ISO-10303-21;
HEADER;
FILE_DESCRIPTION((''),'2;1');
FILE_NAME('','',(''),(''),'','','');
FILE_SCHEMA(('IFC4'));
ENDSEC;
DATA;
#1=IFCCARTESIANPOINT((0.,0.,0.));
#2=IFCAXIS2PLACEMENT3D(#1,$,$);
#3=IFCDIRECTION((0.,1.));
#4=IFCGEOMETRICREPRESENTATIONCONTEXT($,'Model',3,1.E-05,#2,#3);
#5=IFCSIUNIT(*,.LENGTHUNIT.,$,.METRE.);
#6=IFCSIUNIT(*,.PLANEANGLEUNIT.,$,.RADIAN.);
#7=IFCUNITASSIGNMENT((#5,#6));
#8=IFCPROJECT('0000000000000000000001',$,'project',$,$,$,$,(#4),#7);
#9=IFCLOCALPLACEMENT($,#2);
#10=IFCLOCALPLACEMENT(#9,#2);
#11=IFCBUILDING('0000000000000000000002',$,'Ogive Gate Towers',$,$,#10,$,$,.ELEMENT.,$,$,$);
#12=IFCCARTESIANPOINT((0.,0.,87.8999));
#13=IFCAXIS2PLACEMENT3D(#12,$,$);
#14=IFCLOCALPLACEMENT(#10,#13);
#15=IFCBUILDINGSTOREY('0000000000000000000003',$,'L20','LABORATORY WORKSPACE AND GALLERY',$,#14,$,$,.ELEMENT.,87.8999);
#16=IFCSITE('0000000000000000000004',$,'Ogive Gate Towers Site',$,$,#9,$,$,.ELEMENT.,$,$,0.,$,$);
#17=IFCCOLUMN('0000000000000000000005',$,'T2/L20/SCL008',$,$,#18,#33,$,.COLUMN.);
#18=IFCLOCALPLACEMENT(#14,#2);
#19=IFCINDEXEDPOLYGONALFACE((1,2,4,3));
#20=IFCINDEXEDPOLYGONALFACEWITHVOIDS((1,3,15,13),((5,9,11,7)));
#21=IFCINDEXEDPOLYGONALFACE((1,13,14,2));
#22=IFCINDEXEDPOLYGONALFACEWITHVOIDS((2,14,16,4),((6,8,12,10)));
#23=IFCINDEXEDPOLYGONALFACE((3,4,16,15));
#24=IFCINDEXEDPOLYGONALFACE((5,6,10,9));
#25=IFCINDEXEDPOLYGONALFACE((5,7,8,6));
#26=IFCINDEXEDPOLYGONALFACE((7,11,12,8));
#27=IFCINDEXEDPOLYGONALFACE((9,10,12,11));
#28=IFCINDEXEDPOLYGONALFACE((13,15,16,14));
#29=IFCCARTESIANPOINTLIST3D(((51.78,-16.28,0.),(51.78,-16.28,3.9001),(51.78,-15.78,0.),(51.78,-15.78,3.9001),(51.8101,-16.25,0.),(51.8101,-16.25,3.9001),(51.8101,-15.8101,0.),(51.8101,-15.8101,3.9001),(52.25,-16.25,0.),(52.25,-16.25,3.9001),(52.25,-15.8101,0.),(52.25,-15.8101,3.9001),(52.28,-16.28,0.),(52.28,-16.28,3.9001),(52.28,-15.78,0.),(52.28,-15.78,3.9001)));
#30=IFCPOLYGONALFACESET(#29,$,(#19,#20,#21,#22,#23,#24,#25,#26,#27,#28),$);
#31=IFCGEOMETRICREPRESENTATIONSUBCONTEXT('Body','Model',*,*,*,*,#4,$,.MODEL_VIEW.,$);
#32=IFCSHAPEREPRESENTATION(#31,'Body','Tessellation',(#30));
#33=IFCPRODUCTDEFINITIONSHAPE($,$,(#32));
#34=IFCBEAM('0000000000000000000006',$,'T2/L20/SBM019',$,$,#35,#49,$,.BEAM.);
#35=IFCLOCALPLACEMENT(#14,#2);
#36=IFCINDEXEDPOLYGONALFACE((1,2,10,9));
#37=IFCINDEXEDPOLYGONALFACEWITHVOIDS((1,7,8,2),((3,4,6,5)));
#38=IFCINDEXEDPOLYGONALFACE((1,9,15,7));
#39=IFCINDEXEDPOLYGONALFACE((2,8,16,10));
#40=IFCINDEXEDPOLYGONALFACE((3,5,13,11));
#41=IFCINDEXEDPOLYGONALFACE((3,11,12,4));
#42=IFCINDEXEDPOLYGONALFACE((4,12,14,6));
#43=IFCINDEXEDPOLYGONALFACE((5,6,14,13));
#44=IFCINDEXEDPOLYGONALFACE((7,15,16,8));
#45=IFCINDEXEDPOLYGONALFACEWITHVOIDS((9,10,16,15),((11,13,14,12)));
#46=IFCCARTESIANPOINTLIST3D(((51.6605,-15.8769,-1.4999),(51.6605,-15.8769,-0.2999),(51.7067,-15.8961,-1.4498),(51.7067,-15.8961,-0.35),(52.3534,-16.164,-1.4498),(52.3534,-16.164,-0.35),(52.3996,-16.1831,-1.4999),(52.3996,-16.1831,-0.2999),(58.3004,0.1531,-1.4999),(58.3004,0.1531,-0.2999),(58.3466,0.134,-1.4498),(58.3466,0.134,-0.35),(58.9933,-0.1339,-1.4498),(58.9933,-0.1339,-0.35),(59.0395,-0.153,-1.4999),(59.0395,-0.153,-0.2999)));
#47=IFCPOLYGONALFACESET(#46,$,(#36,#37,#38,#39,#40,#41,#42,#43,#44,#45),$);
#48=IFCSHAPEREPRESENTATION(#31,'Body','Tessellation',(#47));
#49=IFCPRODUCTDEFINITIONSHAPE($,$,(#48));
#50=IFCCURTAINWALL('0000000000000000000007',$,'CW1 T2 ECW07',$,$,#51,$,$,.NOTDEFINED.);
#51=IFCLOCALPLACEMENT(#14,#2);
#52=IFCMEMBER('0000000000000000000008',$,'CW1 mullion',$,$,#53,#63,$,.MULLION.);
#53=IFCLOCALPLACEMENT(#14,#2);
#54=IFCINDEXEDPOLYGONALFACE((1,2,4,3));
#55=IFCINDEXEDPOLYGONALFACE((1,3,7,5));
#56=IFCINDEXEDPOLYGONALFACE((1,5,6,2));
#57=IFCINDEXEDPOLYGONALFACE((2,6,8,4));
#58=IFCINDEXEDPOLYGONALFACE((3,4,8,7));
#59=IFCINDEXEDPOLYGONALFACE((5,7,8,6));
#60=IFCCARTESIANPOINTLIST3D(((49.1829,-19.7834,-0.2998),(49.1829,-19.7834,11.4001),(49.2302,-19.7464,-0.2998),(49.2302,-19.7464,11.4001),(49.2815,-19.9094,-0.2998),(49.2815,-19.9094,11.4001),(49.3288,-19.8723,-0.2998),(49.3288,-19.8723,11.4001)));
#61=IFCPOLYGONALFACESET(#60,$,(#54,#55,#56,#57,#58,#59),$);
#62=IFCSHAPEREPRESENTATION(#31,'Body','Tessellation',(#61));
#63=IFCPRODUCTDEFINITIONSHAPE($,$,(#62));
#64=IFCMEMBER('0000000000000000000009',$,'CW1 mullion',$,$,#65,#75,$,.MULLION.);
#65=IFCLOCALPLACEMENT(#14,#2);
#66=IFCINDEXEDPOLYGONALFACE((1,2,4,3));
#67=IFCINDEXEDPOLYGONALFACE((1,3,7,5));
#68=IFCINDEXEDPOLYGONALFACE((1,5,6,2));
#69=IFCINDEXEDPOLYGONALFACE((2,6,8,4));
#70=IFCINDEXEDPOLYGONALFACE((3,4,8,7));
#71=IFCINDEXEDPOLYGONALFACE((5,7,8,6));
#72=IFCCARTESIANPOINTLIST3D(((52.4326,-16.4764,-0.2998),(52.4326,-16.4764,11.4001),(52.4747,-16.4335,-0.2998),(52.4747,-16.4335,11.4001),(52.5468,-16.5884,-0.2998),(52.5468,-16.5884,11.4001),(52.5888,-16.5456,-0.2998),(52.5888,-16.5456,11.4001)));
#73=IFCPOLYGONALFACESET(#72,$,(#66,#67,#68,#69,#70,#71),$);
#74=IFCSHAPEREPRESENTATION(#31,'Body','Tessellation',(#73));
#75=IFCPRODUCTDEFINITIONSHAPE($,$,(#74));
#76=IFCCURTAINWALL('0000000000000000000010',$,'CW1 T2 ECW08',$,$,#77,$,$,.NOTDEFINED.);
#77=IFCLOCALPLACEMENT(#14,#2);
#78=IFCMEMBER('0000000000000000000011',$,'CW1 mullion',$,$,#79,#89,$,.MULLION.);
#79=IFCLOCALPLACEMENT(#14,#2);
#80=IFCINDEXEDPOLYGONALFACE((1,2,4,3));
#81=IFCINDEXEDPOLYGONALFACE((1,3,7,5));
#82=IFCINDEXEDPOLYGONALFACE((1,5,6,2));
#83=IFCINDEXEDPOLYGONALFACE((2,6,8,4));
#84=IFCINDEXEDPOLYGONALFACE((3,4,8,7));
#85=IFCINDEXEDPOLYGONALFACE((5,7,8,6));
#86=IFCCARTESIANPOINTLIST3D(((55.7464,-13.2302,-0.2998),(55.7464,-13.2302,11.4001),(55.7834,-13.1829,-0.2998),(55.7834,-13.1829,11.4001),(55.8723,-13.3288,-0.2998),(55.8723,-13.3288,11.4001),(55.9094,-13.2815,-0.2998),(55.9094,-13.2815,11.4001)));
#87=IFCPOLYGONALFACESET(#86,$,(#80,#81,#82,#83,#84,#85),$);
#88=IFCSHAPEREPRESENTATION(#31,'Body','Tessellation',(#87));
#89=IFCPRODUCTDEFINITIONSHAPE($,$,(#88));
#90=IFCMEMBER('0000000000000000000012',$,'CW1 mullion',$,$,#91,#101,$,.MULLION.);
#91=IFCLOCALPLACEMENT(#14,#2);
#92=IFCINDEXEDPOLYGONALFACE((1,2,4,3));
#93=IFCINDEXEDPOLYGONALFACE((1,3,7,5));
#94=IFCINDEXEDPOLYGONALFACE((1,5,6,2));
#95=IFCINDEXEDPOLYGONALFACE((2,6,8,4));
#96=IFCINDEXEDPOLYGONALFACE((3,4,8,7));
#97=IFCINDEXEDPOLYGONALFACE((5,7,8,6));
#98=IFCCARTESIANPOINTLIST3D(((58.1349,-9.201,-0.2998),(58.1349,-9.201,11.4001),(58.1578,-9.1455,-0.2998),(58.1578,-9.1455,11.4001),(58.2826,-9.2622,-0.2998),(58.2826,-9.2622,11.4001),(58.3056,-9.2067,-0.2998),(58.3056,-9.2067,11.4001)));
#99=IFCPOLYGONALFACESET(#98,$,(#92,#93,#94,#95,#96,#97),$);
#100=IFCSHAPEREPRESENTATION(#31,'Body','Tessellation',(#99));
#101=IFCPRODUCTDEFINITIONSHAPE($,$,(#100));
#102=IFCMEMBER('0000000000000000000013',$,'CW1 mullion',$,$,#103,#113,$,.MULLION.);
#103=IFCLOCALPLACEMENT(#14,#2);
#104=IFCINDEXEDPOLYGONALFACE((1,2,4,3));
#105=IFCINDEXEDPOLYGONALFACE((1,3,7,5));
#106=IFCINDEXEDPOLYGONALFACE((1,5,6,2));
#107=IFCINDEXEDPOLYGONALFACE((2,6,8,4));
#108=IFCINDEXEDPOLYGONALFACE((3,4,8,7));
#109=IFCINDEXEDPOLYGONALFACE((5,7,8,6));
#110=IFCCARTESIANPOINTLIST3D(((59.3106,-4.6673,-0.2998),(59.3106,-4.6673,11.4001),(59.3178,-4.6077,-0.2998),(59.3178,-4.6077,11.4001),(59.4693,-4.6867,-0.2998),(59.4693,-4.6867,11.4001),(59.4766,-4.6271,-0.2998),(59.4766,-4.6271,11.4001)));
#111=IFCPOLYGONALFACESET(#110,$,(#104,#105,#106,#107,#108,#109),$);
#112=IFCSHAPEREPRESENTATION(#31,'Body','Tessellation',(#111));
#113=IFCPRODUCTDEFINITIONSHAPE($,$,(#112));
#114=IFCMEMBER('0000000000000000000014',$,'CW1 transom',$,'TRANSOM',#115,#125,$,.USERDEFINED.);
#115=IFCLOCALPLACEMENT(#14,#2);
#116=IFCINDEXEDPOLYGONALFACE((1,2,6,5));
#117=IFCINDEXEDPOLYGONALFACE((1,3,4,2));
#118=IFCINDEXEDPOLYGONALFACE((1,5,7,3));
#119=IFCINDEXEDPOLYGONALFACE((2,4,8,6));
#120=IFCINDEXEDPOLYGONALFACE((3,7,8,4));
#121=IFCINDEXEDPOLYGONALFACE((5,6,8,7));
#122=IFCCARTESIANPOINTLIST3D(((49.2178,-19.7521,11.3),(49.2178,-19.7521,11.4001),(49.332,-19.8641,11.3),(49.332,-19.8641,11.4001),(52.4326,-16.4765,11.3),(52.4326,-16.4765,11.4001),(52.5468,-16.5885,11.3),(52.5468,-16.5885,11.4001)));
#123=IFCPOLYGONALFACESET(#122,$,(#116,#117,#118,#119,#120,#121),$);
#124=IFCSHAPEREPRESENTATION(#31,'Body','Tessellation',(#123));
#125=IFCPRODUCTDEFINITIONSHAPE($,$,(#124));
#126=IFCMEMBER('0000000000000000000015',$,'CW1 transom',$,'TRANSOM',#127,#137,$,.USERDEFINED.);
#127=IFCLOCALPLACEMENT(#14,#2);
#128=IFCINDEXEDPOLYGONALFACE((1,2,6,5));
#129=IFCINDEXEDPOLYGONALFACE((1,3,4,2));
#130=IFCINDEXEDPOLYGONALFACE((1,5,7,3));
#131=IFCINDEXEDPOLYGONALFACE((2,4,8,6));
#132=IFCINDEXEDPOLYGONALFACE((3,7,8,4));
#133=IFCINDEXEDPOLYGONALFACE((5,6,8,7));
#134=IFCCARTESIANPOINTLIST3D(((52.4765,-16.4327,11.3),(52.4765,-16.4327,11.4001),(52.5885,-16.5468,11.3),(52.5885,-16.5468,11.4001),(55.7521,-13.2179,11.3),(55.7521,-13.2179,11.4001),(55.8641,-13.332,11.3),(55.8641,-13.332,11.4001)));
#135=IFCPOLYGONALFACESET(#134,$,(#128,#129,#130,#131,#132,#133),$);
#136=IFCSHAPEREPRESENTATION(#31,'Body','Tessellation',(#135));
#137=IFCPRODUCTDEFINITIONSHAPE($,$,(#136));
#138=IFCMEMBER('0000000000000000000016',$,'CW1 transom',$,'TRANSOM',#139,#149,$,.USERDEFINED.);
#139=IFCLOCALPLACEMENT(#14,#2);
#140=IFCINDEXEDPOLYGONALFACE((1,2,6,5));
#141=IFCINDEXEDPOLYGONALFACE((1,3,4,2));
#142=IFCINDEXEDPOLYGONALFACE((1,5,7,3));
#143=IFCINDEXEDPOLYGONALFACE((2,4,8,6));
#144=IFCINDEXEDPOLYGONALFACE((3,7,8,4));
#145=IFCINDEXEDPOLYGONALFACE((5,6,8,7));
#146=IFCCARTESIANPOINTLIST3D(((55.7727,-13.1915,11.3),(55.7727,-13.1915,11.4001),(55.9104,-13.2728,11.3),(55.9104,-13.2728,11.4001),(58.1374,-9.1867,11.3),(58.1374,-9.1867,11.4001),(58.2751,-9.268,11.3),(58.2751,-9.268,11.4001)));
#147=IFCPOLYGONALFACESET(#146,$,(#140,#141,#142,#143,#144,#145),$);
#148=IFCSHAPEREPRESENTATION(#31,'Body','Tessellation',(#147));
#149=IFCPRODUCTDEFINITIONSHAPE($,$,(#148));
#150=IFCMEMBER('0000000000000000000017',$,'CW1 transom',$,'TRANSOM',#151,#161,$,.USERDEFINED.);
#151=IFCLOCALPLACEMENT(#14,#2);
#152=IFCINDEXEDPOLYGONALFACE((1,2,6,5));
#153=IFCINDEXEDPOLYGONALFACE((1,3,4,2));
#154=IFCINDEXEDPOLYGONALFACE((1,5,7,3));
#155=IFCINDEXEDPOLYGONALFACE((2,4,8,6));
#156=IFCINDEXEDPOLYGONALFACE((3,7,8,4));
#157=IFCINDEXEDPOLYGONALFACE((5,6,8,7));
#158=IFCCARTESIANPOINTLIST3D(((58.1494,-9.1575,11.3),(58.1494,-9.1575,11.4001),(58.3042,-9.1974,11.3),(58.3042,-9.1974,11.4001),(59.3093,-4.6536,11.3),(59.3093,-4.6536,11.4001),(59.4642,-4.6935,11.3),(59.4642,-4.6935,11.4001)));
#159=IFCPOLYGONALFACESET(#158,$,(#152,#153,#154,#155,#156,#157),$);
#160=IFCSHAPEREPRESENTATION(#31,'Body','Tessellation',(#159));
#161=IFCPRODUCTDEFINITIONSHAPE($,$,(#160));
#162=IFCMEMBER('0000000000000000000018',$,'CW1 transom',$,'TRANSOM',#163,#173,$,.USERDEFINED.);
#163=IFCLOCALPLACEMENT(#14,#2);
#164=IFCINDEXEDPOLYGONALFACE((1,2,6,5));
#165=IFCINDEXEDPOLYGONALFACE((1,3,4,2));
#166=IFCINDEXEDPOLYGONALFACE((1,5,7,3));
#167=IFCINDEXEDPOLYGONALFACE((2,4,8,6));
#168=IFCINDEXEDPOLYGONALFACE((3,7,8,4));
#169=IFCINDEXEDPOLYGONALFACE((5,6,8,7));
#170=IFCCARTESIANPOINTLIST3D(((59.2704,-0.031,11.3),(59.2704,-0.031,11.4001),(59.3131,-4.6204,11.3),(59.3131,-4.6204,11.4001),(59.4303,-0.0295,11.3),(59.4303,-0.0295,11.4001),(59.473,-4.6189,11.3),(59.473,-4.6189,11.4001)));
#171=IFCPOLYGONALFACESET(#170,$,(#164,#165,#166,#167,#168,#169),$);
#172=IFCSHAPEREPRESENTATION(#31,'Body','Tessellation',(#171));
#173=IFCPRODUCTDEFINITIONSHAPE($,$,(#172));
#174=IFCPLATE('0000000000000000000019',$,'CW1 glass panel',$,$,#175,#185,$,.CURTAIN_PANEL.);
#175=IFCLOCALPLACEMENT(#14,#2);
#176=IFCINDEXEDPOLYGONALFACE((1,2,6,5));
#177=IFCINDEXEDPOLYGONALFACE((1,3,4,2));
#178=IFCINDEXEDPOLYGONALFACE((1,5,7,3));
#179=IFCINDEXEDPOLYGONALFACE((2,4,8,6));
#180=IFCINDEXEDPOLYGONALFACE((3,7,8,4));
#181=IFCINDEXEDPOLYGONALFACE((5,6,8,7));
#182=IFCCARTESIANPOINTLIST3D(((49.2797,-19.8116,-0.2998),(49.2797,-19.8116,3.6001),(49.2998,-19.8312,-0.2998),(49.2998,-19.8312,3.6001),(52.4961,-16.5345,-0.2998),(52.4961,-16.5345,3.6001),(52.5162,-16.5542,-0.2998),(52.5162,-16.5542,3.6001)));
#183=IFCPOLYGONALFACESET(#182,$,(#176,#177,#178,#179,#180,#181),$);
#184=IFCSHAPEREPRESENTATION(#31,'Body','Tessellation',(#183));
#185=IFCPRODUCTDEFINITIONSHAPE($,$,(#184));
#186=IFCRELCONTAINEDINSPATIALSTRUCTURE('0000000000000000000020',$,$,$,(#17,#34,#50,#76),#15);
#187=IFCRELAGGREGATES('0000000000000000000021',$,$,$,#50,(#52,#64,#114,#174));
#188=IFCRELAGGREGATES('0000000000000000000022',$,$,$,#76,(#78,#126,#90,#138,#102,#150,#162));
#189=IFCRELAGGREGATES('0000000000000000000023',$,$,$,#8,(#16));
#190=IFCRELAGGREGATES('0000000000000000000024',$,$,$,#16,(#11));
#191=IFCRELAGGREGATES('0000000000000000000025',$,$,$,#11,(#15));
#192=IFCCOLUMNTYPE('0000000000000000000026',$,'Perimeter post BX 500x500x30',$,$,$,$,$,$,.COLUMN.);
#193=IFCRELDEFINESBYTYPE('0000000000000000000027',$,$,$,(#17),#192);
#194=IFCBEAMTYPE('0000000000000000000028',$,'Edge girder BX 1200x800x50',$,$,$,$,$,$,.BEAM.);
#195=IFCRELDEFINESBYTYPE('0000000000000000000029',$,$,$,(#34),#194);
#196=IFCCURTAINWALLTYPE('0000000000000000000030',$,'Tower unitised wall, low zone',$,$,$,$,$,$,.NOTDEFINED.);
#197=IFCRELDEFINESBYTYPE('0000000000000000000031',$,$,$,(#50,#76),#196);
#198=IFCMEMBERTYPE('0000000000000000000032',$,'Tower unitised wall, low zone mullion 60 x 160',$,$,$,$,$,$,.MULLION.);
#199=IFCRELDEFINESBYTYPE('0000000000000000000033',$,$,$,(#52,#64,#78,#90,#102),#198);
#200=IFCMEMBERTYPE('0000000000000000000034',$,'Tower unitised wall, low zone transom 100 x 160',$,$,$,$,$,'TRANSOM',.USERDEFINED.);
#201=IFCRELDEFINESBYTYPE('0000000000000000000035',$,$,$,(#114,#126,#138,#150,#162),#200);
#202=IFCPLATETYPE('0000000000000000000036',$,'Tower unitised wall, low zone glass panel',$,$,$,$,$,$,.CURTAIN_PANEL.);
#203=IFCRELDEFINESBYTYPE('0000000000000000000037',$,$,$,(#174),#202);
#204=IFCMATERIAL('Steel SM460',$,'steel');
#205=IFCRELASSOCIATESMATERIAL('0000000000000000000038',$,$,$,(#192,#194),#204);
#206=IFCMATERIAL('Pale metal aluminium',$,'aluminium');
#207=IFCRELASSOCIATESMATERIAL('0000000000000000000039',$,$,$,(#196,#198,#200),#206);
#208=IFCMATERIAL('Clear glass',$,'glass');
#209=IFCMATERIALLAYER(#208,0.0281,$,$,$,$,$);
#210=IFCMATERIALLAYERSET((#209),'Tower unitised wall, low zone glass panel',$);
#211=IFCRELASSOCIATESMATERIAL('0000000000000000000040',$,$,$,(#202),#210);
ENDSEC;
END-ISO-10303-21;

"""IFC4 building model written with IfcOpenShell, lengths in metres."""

from ifc_helpers import new_model, si_unit, direction, frame, origin, origin_2d, place, context, subcontext, project, spatial, rectangle, hollow_rectangle, extrude, material, layer, layer_set, material_profile, profile_set, type_object, element, aggregate, save


model = new_model("IFC4")

# Units and contexts
model_context = context("Model", 3, precision=1e-05, world=origin(), true_north=direction((0.0, 1.0)))
body_context = subcontext(model_context, "Body", "Model", "MODEL_VIEW")
ifc_project = project(units=[si_unit("LENGTHUNIT", "METRE"), si_unit("PLANEANGLEUNIT", "RADIAN")], contexts=[model_context])

# Site, building, storey
site_placement = place(None, origin())
site = spatial("IfcSite", under=ifc_project, at=site_placement, Name="Ogive Gate Towers Site", CompositionType="ELEMENT", RefElevation=0.0)
building_placement = place(site_placement, origin())
building = spatial("IfcBuilding", under=site, at=building_placement, Name="Ogive Gate Towers", CompositionType="ELEMENT")
storey_placement = place(building_placement, frame((0.0, 0.0, 87.8999)))
storey = spatial("IfcBuildingStorey", under=building, at=storey_placement, Name="L20", Description="LABORATORY WORKSPACE AND GALLERY", CompositionType="ELEMENT", Elevation=87.8999)

# Column
ifc_material_1 = material(Name="Steel SM460", Category="steel")
ifc_material_profile_1 = material_profile(ifc_material_1, hollow_rectangle(XDim=0.5, YDim=0.5, WallThickness=0.03, at=origin_2d()), Name="BX 500x500x30")
ifc_profile_set_1 = profile_set([ifc_material_profile_1], Name="Steel SM460")
column_type = type_object("IfcColumnType", Name="Perimeter post BX 500x500x30", PredefinedType="COLUMN", material=ifc_profile_set_1)
column_placement = place(storey_placement, frame((52.03, -16.03, 0.0), z_axis=(0.0, 0.0, 1.0), x_axis=(1.0, 0.0, 0.0)))
element("IfcColumn", 1, at=column_placement, inside=storey, type_object=column_type, Name="T2/L20/SCL008", PredefinedType="COLUMN", context=body_context, shape_type="SweptSolid", body=[
    extrude(hollow_rectangle(XDim=0.5, YDim=0.5, WallThickness=0.03, at=origin_2d()), origin(), (0.0, 0.0, 1.0), 3.9001),
])

# Beam
ifc_material_profile_2 = material_profile(ifc_material_1, hollow_rectangle(XDim=0.8, YDim=1.2, WallThickness=0.05, at=origin_2d()), Name="BX 1200x800x50")
ifc_profile_set_2 = profile_set([ifc_material_profile_2], Name="Steel SM460")
beam_type = type_object("IfcBeamType", Name="Edge girder BX 1200x800x50", PredefinedType="BEAM", material=ifc_profile_set_2)
beam_placement = place(storey_placement, frame((52.03, -16.03, -0.8999), z_axis=(0.382685, 0.923879, 0.0), x_axis=(-0.923879, 0.382685, 0.0)))
element("IfcBeam", 2, at=beam_placement, inside=storey, type_object=beam_type, Name="T2/L20/SBM019", PredefinedType="BEAM", context=body_context, shape_type="SweptSolid", body=[
    extrude(hollow_rectangle(XDim=0.8, YDim=1.2, WallThickness=0.05, at=origin_2d()), origin(), (0.0, 0.0, 1.0), 17.3508),
])

# Curtain walls, members
ifc_material_2 = material(Name="Pale metal aluminium", Category="aluminium")
curtain_wall_type = type_object("IfcCurtainWallType", Name="Tower unitised wall, low zone", PredefinedType="NOTDEFINED", material=ifc_material_2)
curtain_wall_1_placement = place(storey_placement, origin())
curtain_wall_1 = element("IfcCurtainWall", 3, at=curtain_wall_1_placement, inside=storey, type_object=curtain_wall_type, Name="CW1 T2 ECW07", PredefinedType="NOTDEFINED")
ifc_material_profile_3 = material_profile(ifc_material_2, rectangle(XDim=0.1599, YDim=0.0601, at=origin_2d()), Name="60 x 160 aluminium box")
ifc_profile_set_3 = profile_set([ifc_material_profile_3], Name="Pale metal aluminium")
member_type_1 = type_object("IfcMemberType", Name="Tower unitised wall, low zone mullion 60 x 160", PredefinedType="MULLION", material=ifc_profile_set_3)
member_1_placement = place(storey_placement, frame((49.2559, -19.8279, -0.2998), z_axis=(0.0, 0.0, 1.0), x_axis=(0.616321, -0.787495, 0.0)))
member_1 = element("IfcMember", 4, at=member_1_placement, type_object=member_type_1, Name="CW1 mullion", PredefinedType="MULLION", context=body_context, shape_type="SweptSolid", body=[
    extrude(rectangle(XDim=0.1599, YDim=0.0601, at=origin_2d()), origin(), (0.0, 0.0, 1.0), 11.7),
])
member_2_placement = place(storey_placement, frame((52.5107, -16.511, -0.2998), z_axis=(0.0, 0.0, 1.0), x_axis=(0.713678, -0.700473, 0.0)))
member_2 = element("IfcMember", 5, at=member_2_placement, type_object=member_type_1, Name="CW1 mullion", PredefinedType="MULLION", context=body_context, shape_type="SweptSolid", body=[
    extrude(rectangle(XDim=0.1599, YDim=0.0601, at=origin_2d()), origin(), (0.0, 0.0, 1.0), 11.7),
])
curtain_wall_2_placement = place(storey_placement, origin())
curtain_wall_2 = element("IfcCurtainWall", 6, at=curtain_wall_2_placement, inside=storey, type_object=curtain_wall_type, Name="CW1 T2 ECW08", PredefinedType="NOTDEFINED")
member_3_placement = place(storey_placement, frame((55.8279, -13.2559, -0.2998), z_axis=(0.0, 0.0, 1.0), x_axis=(0.787495, -0.616321, 0.0)))
member_3 = element("IfcMember", 7, at=member_3_placement, type_object=member_type_1, Name="CW1 mullion", PredefinedType="MULLION", context=body_context, shape_type="SweptSolid", body=[
    extrude(rectangle(XDim=0.1599, YDim=0.0601, at=origin_2d()), origin(), (0.0, 0.0, 1.0), 11.7),
])
member_4_placement = place(storey_placement, frame((58.2202, -9.2039, -0.2998), z_axis=(0.0, 0.0, 1.0), x_axis=(0.92388, -0.382683, 0.0)))
member_4 = element("IfcMember", 8, at=member_4_placement, type_object=member_type_1, Name="CW1 mullion", PredefinedType="MULLION", context=body_context, shape_type="SweptSolid", body=[
    extrude(rectangle(XDim=0.1599, YDim=0.0601, at=origin_2d()), origin(), (0.0, 0.0, 1.0), 11.7),
])
member_5_placement = place(storey_placement, frame((59.3936, -4.6472, -0.2998), z_axis=(0.0, 0.0, 1.0), x_axis=(0.992648, -0.121038, 0.0)))
member_5 = element("IfcMember", 9, at=member_5_placement, type_object=member_type_1, Name="CW1 mullion", PredefinedType="MULLION", context=body_context, shape_type="SweptSolid", body=[
    extrude(rectangle(XDim=0.1599, YDim=0.0601, at=origin_2d()), origin(), (0.0, 0.0, 1.0), 11.7),
])

# Members
ifc_material_profile_4 = material_profile(ifc_material_2, rectangle(XDim=0.1599, YDim=0.1001, at=origin_2d()), Name="100 x 160 aluminium box")
ifc_profile_set_4 = profile_set([ifc_material_profile_4], Name="Pale metal aluminium")
member_type_2 = type_object("IfcMemberType", Name="Tower unitised wall, low zone transom 100 x 160", ElementType="TRANSOM", PredefinedType="USERDEFINED", material=ifc_profile_set_4)
member_6_placement = place(storey_placement, frame((49.2749, -19.8081, 11.3501), z_axis=(0.700453, 0.713698, 0.0), x_axis=(-0.713698, 0.700453, 0.0)))
member_6 = element("IfcMember", 10, at=member_6_placement, type_object=member_type_2, Name="CW1 transom", ObjectType="TRANSOM", PredefinedType="USERDEFINED", context=body_context, shape_type="SweptSolid", body=[
    extrude(rectangle(XDim=0.1599, YDim=0.1001, at=origin_2d()), origin(), (0.0, 0.0, 1.0), 4.5896),
])
member_7_placement = place(storey_placement, frame((52.5325, -16.4897, 11.3501), z_axis=(0.713698, 0.700453, 0.0), x_axis=(-0.700453, 0.713698, 0.0)))
member_7 = element("IfcMember", 11, at=member_7_placement, type_object=member_type_2, Name="CW1 transom", ObjectType="TRANSOM", PredefinedType="USERDEFINED", context=body_context, shape_type="SweptSolid", body=[
    extrude(rectangle(XDim=0.1599, YDim=0.1001, at=origin_2d()), origin(), (0.0, 0.0, 1.0), 4.5896),
])
member_8_placement = place(storey_placement, frame((55.8416, -13.2322, 11.3501), z_axis=(0.508446, 0.861094, 0.0), x_axis=(-0.861094, 0.508446, 0.0)))
member_8 = element("IfcMember", 12, at=member_8_placement, type_object=member_type_2, Name="CW1 transom", ObjectType="TRANSOM", PredefinedType="USERDEFINED", context=body_context, shape_type="SweptSolid", body=[
    extrude(rectangle(XDim=0.1599, YDim=0.1001, at=origin_2d()), origin(), (0.0, 0.0, 1.0), 4.6509),
])
member_9_placement = place(storey_placement, frame((58.2268, -9.1775, 11.3501), z_axis=(0.249397, 0.968401, 0.0), x_axis=(-0.968401, 0.249397, 0.0)))
member_9 = element("IfcMember", 13, at=member_9_placement, type_object=member_type_2, Name="CW1 transom", ObjectType="TRANSOM", PredefinedType="USERDEFINED", context=body_context, shape_type="SweptSolid", body=[
    extrude(rectangle(XDim=0.1599, YDim=0.1001, at=origin_2d()), origin(), (0.0, 0.0, 1.0), 4.6509),
])
member_10_placement = place(storey_placement, frame((59.3931, -4.6196, 11.3501), z_axis=(-0.009309, 0.999957, 0.0), x_axis=(-0.999957, -0.009309, 0.0)))
member_10 = element("IfcMember", 14, at=member_10_placement, type_object=member_type_2, Name="CW1 transom", ObjectType="TRANSOM", PredefinedType="USERDEFINED", context=body_context, shape_type="SweptSolid", body=[
    extrude(rectangle(XDim=0.1599, YDim=0.1001, at=origin_2d()), origin(), (0.0, 0.0, 1.0), 4.5896),
])

# Plate
ifc_material_3 = material(Name="Clear glass", Category="glass")
ifc_layer_1 = layer(ifc_material_3, 0.0281)
ifc_layer_set_1 = layer_set([ifc_layer_1], Name="Tower unitised wall, low zone glass panel")
plate_type = type_object("IfcPlateType", Name="Tower unitised wall, low zone glass panel", PredefinedType="CURTAIN_PANEL", material=ifc_layer_set_1)
plate_1_placement = place(storey_placement, frame((50.8979, -18.1829, -0.2998), z_axis=(0.0, 0.0, 1.0), x_axis=(0.700473, 0.713678, 0.0)))
plate_1 = element("IfcPlate", 15, at=plate_1_placement, type_object=plate_type, Name="CW1 glass panel", PredefinedType="CURTAIN_PANEL", context=body_context, shape_type="SweptSolid", body=[
    extrude(rectangle(XDim=4.5918, YDim=0.0281, at=origin_2d()), origin(), (0.0, 0.0, 1.0), 3.8999),
])
aggregate(curtain_wall_1, [member_1, member_2, member_6, plate_1])
aggregate(curtain_wall_2, [member_3, member_7, member_4, member_8, member_5, member_9, member_10])

save(model, "model.ifc")
